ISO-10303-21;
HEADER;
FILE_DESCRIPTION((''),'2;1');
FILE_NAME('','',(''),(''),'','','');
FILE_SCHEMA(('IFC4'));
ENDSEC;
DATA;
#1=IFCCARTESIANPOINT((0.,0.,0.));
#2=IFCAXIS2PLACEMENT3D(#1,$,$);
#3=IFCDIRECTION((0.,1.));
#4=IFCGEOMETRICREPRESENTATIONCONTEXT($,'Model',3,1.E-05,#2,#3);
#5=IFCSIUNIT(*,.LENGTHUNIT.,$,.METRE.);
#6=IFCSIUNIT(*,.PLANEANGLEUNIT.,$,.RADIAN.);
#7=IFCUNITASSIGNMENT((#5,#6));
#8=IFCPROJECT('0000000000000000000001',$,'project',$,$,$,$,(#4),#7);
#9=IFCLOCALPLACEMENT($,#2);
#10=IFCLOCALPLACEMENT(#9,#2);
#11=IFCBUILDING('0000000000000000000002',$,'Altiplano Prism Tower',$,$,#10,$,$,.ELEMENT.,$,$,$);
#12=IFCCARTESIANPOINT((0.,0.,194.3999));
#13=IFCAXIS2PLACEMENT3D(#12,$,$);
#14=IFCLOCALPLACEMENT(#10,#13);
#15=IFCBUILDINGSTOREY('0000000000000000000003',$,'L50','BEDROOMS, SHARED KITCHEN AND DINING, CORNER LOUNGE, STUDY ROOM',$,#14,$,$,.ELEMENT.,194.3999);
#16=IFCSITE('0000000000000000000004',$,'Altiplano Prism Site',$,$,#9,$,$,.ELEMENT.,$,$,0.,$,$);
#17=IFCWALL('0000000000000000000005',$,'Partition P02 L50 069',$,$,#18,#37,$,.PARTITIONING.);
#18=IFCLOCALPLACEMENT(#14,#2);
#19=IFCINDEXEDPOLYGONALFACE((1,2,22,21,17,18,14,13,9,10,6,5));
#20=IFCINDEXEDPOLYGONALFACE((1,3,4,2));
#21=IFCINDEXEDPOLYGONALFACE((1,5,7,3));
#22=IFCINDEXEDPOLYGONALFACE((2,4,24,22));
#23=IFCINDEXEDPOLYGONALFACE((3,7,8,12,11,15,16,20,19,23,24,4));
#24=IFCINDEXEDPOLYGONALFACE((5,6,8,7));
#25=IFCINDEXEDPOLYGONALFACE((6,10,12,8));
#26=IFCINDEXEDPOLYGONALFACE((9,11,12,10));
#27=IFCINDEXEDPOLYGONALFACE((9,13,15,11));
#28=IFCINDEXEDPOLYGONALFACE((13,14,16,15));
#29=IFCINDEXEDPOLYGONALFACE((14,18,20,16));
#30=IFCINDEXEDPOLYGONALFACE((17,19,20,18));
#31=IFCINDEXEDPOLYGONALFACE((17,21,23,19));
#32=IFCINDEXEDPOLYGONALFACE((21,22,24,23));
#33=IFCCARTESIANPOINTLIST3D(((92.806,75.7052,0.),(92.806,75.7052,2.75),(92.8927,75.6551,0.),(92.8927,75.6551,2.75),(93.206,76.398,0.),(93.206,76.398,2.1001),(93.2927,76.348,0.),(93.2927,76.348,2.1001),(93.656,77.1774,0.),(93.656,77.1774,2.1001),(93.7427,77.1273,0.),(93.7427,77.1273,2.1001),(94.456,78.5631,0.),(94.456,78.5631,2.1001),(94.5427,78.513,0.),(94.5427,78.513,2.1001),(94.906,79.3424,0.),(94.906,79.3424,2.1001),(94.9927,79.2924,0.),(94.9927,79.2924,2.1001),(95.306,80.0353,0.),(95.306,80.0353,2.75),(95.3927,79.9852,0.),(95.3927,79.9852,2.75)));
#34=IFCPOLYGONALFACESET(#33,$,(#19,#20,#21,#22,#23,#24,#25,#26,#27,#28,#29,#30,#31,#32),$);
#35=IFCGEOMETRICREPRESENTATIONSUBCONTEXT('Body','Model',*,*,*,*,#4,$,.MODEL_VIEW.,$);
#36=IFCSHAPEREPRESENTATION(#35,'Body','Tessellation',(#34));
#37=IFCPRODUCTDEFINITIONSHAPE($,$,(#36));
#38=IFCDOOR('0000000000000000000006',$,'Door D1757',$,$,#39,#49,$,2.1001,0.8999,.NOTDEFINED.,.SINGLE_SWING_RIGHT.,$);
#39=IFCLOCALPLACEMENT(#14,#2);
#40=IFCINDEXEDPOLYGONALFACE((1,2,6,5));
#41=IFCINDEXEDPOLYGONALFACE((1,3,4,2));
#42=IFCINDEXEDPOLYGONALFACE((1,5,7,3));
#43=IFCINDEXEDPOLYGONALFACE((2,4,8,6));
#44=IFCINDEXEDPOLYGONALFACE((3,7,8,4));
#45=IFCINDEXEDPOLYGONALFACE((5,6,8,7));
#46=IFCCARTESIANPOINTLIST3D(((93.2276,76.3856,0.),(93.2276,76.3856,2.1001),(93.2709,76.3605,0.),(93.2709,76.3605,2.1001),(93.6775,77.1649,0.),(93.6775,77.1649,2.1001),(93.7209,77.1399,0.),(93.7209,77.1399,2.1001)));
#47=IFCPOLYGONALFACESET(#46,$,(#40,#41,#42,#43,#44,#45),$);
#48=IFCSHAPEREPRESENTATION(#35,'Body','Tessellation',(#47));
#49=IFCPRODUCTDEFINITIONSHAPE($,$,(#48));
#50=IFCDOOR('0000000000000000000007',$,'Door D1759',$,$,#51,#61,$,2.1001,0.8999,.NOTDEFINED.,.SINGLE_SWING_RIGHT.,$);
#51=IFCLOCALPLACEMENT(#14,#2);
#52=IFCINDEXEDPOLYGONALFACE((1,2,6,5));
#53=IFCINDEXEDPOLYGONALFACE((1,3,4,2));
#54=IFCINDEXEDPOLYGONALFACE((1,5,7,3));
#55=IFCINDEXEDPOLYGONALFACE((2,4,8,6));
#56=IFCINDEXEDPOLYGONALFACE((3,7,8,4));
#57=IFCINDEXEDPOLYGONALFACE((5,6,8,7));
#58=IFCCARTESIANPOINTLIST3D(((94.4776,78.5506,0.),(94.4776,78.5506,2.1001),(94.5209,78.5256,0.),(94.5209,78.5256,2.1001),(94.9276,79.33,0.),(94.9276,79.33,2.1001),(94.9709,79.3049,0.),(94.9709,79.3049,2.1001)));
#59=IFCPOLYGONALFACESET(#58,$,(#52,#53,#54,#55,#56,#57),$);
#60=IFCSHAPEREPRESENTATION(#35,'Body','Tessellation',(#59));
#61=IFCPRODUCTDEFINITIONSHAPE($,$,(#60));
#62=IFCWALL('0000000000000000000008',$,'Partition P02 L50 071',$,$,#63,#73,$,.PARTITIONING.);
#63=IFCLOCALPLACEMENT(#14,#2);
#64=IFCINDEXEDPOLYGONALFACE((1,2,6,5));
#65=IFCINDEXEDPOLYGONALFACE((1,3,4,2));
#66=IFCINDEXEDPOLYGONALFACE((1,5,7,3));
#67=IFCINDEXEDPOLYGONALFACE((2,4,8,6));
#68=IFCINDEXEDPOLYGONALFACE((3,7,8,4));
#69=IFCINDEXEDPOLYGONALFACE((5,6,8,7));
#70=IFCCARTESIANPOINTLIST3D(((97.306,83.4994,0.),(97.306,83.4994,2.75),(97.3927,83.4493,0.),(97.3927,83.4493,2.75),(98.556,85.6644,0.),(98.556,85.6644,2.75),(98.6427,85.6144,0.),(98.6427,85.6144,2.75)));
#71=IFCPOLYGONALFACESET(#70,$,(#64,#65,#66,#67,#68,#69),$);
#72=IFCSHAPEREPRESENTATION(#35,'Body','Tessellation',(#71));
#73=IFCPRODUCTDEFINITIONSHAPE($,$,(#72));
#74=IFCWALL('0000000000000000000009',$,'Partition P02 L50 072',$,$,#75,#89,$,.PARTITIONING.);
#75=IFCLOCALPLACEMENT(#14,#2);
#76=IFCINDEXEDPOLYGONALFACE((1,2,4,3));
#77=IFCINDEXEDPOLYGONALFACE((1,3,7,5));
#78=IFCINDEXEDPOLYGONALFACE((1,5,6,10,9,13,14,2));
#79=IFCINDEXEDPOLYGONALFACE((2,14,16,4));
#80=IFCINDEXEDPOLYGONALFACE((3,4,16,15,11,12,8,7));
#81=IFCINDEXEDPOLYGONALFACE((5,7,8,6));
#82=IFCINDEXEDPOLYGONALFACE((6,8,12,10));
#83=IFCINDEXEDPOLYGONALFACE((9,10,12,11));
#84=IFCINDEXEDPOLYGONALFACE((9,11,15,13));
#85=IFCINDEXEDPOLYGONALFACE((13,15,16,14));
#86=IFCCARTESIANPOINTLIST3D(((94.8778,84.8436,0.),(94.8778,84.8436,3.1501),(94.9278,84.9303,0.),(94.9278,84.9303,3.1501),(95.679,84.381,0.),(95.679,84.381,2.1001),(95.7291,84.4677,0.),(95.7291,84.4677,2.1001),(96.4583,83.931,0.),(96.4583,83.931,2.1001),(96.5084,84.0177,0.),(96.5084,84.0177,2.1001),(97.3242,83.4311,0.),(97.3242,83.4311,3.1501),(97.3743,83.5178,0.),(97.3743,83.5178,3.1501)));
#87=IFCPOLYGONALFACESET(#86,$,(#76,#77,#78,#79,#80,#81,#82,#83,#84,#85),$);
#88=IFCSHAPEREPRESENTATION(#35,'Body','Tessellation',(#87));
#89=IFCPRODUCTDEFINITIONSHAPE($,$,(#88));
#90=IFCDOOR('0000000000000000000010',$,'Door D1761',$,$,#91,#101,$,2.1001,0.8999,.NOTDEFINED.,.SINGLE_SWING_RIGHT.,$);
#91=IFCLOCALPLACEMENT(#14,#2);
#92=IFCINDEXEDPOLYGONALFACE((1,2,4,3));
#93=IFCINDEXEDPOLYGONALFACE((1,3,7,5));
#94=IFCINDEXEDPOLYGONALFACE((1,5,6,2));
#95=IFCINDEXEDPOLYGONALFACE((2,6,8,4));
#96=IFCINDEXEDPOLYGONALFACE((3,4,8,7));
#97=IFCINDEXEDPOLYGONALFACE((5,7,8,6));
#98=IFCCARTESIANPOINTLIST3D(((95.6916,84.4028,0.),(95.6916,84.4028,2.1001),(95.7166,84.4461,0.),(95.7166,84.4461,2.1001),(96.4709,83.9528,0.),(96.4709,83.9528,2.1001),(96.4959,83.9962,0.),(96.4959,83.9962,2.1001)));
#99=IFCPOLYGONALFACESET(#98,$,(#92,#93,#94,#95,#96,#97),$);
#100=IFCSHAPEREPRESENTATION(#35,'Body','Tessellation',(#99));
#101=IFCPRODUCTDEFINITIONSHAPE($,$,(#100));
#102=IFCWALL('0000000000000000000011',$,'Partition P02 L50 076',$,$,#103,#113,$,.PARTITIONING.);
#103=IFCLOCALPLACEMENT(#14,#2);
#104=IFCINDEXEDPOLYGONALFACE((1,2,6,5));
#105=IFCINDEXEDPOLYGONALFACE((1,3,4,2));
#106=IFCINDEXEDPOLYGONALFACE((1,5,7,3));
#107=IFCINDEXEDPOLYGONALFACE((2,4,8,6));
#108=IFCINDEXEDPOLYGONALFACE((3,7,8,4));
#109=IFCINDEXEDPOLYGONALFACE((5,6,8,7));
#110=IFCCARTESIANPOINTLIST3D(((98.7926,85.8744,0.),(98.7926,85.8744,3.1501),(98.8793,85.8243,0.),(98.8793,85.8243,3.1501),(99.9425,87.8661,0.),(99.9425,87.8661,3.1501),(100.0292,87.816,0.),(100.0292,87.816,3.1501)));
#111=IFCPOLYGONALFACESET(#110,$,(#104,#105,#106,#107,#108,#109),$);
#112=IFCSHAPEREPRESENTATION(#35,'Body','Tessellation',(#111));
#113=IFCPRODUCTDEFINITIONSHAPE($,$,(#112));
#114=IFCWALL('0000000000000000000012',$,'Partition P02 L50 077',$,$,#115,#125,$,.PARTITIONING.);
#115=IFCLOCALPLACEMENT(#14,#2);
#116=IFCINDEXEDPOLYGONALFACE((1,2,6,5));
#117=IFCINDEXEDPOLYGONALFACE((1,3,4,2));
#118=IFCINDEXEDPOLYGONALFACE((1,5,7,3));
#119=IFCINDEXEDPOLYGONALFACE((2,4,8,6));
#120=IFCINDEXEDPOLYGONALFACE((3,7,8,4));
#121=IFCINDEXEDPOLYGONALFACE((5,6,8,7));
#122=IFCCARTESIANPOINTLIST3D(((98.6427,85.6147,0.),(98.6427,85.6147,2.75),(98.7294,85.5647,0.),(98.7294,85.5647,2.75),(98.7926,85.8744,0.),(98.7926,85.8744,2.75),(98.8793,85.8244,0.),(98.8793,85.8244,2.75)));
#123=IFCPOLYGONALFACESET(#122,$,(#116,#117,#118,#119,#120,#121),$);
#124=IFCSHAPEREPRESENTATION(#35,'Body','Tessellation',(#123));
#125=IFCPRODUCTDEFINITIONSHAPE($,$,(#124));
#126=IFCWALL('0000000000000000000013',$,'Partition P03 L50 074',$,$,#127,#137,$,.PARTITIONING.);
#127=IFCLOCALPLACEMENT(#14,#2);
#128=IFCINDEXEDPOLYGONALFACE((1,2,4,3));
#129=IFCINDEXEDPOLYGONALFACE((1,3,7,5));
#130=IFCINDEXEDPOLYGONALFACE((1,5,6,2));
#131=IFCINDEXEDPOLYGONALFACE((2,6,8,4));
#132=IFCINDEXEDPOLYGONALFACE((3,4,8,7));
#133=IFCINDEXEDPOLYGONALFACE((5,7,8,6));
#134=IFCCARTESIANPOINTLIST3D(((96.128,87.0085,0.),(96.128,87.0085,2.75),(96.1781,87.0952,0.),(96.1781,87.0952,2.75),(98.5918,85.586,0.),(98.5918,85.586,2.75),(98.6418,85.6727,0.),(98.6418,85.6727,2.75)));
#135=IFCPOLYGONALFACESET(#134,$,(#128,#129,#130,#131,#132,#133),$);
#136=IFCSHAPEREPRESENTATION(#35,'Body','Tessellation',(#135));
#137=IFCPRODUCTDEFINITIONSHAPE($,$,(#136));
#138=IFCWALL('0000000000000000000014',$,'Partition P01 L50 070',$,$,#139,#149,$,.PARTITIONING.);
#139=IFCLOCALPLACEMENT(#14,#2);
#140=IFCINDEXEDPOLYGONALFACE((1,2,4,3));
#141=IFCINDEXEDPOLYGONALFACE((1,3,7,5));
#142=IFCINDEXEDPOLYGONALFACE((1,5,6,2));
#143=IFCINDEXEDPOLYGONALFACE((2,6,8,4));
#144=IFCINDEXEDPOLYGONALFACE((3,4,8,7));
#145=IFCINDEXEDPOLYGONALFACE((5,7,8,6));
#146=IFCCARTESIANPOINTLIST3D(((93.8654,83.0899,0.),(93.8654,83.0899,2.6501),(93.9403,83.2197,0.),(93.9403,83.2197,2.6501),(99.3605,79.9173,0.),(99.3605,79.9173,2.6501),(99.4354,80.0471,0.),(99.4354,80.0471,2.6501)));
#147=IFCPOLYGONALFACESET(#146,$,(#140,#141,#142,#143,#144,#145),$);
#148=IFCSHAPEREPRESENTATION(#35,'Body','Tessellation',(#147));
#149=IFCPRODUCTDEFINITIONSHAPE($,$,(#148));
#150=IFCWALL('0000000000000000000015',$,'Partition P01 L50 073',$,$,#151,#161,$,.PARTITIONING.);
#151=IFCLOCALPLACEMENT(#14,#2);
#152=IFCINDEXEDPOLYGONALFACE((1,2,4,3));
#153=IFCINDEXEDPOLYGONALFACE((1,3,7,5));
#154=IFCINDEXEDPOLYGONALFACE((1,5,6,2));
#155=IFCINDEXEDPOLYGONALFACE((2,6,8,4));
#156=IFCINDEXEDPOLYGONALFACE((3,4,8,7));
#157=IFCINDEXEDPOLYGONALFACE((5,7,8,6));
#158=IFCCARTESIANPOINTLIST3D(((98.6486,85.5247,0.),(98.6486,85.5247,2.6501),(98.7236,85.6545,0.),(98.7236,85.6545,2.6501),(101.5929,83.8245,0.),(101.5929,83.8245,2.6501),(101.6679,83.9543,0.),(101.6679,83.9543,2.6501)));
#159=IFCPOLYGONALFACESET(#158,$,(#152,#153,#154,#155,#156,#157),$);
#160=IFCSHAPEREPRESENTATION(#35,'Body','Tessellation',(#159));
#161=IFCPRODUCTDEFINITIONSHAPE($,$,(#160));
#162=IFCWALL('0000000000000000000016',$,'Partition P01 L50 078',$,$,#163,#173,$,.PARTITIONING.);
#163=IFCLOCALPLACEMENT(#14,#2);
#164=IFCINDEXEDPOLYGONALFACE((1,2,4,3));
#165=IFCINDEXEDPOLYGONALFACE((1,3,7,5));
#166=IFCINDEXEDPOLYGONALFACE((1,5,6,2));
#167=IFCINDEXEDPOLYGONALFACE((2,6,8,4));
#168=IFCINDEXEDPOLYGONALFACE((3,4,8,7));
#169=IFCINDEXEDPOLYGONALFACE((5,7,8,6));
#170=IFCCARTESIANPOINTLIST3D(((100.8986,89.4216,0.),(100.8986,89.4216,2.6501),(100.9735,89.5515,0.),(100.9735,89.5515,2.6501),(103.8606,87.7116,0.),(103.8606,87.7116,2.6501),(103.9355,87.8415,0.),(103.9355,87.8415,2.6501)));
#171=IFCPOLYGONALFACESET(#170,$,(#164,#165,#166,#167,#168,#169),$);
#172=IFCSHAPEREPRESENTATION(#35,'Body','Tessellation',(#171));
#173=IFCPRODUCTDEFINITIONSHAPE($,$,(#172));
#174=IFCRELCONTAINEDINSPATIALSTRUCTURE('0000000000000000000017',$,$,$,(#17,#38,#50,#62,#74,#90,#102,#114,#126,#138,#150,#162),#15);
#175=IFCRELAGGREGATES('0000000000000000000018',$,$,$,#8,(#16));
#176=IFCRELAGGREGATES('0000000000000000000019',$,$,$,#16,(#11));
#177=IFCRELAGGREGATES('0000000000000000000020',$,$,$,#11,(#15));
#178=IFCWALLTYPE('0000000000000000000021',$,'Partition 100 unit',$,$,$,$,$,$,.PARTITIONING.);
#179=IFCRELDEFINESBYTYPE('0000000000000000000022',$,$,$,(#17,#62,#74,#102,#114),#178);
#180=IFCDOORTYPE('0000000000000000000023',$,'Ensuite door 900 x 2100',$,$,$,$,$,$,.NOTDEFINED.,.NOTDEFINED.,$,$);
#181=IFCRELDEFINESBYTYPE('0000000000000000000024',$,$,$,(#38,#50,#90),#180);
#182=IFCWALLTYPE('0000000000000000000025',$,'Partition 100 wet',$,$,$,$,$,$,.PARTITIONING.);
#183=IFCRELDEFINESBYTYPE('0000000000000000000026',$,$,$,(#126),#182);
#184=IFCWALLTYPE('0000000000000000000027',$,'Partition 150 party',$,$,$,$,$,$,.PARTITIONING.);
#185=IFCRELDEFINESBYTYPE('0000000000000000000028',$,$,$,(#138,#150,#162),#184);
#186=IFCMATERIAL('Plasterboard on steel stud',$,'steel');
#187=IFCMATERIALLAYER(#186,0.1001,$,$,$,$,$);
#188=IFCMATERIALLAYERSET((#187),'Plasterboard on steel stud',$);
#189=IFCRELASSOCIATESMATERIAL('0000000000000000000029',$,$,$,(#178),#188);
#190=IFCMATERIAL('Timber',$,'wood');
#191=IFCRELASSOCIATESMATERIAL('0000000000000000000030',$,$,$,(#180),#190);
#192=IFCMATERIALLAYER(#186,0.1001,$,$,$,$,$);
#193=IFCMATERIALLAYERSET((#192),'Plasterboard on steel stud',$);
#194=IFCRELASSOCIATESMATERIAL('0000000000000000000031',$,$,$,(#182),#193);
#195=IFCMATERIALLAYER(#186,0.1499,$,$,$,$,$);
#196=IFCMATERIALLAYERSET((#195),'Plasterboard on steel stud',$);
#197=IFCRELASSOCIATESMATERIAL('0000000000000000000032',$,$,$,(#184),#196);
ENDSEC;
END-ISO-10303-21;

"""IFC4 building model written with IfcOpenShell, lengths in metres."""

from ifc_helpers import new_model, si_unit, direction, frame, frame_2d, origin, place, context, subcontext, project, spatial, rectangle, extrude, material, layer, layer_set, type_object, element, fill, save


model = new_model("IFC4")

# Units and contexts
model_context = context("Model", 3, precision=1e-05, world=origin(), true_north=direction((0.0, 1.0)))
body_context = subcontext(model_context, "Body", "Model", "MODEL_VIEW")
ifc_project = project(units=[si_unit("LENGTHUNIT", "METRE"), si_unit("PLANEANGLEUNIT", "RADIAN")], contexts=[model_context])

# Site, building, storey
site_placement = place(None, origin())
site = spatial("IfcSite", under=ifc_project, at=site_placement, Name="Altiplano Prism Site", CompositionType="ELEMENT", RefElevation=0.0)
building_placement = place(site_placement, origin())
building = spatial("IfcBuilding", under=site, at=building_placement, Name="Altiplano Prism Tower", CompositionType="ELEMENT")
storey_placement = place(building_placement, frame((0.0, 0.0, 194.3999)))
storey = spatial("IfcBuildingStorey", under=building, at=storey_placement, Name="L50", Description="BEDROOMS, SHARED KITCHEN AND DINING, CORNER LOUNGE, STUDY ROOM", CompositionType="ELEMENT", Elevation=194.3999)

# Wall, openings, doors
ifc_material_1 = material(Name="Plasterboard on steel stud", Category="steel")
ifc_layer_1 = layer(ifc_material_1, 0.1001)
ifc_layer_set_1 = layer_set([ifc_layer_1], Name="Plasterboard on steel stud")
wall_type_1 = type_object("IfcWallType", Name="Partition 100 unit", PredefinedType="PARTITIONING", material=ifc_layer_set_1)
wall_1_placement = place(storey_placement, frame((95.3494, 80.0103, 0.0), z_axis=(0.0, 0.0, 1.0), x_axis=(-0.500004, -0.866023, 0.0)))
wall_1 = element("IfcWall", 1, at=wall_1_placement, inside=storey, type_object=wall_type_1, Name="Partition P02 L50 069", PredefinedType="PARTITIONING", context=body_context, shape_type="SweptSolid", body=[
    extrude(rectangle(XDim=5.0, YDim=0.1001, at=frame_2d((2.5, 0.0))), origin(), (0.0, 0.0, 1.0), 2.75),
])
opening_1_placement = place(wall_1_placement, frame((3.3, 0.0, 0.0)))
opening_1 = element("IfcOpeningElement", 2, at=opening_1_placement, cuts=wall_1, PredefinedType="OPENING", context=body_context, shape_type="SweptSolid", body=[
    extrude(rectangle(XDim=0.8999, YDim=2.1001, at=frame_2d((0.45, 1.05))), frame((0.0, 0.0605, 0.0), z_axis=(0.0, -1.0, 0.0), x_axis=(1.0, 0.0, 0.0)), (0.0, 0.0, 1.0), 0.1211),
])
opening_2_placement = place(wall_1_placement, frame((0.8, 0.0, 0.0)))
opening_2 = element("IfcOpeningElement", 3, at=opening_2_placement, cuts=wall_1, PredefinedType="OPENING", context=body_context, shape_type="SweptSolid", body=[
    extrude(rectangle(XDim=0.8999, YDim=2.1001, at=frame_2d((0.45, 1.05))), frame((0.0, 0.0605, 0.0), z_axis=(0.0, -1.0, 0.0), x_axis=(1.0, 0.0, 0.0)), (0.0, 0.0, 1.0), 0.1211),
])
ifc_material_2 = material(Name="Timber", Category="wood")
door_type = type_object("IfcDoorType", Name="Ensuite door 900 x 2100", OperationType="NOTDEFINED", PredefinedType="NOTDEFINED", material=ifc_material_2)
door_1_placement = place(opening_1_placement, origin())
door_1 = element("IfcDoor", 4, at=door_1_placement, inside=storey, type_object=door_type, Name="Door D1757", OperationType="SINGLE_SWING_RIGHT", OverallHeight=2.1001, OverallWidth=0.8999, PredefinedType="NOTDEFINED", context=body_context, shape_type="SweptSolid", body=[
    extrude(rectangle(XDim=0.8999, YDim=2.1001, at=frame_2d((0.45, 1.05))), frame((0.0, 0.0249, 0.0), z_axis=(0.0, -1.0, 0.0), x_axis=(1.0, 0.0, 0.0)), (0.0, 0.0, 1.0), 0.05),
])
fill(opening_1, door_1)
door_2_placement = place(opening_2_placement, origin())
door_2 = element("IfcDoor", 5, at=door_2_placement, inside=storey, type_object=door_type, Name="Door D1759", OperationType="SINGLE_SWING_RIGHT", OverallHeight=2.1001, OverallWidth=0.8999, PredefinedType="NOTDEFINED", context=body_context, shape_type="SweptSolid", body=[
    extrude(rectangle(XDim=0.8999, YDim=2.1001, at=frame_2d((0.45, 1.05))), frame((0.0, 0.0249, 0.0), z_axis=(0.0, -1.0, 0.0), x_axis=(1.0, 0.0, 0.0)), (0.0, 0.0, 1.0), 0.05),
])
fill(opening_2, door_2)

# Wall
wall_2_placement = place(storey_placement, frame((98.5994, 85.6394, 0.0), z_axis=(0.0, 0.0, 1.0), x_axis=(-0.500004, -0.866023, 0.0)))
element("IfcWall", 6, at=wall_2_placement, inside=storey, type_object=wall_type_1, Name="Partition P02 L50 071", PredefinedType="PARTITIONING", context=body_context, shape_type="SweptSolid", body=[
    extrude(rectangle(XDim=2.5, YDim=0.1001, at=frame_2d((1.25, 0.0))), origin(), (0.0, 0.0, 1.0), 2.75),
])

# Wall, opening, door
wall_3_placement = place(storey_placement, frame((97.3494, 83.4744, 0.0), z_axis=(0.0, 0.0, 1.0), x_axis=(-0.866011, 0.500024, 0.0)))
wall_3 = element("IfcWall", 7, at=wall_3_placement, inside=storey, type_object=wall_type_1, Name="Partition P02 L50 072", PredefinedType="PARTITIONING", context=body_context, shape_type="SweptSolid", body=[
    extrude(rectangle(XDim=2.825, YDim=0.1001, at=frame_2d((1.4126, 0.0))), origin(), (0.0, 0.0, 1.0), 3.1501),
])
opening_3_placement = place(wall_3_placement, frame((1.0, 0.0, 0.0)))
opening_3 = element("IfcOpeningElement", 8, at=opening_3_placement, cuts=wall_3, PredefinedType="OPENING", context=body_context, shape_type="SweptSolid", body=[
    extrude(rectangle(XDim=0.8999, YDim=2.1001, at=frame_2d((0.45, 1.05))), frame((0.0, 0.0605, 0.0), z_axis=(0.0, -1.0, 0.0), x_axis=(1.0, 0.0, 0.0)), (0.0, 0.0, 1.0), 0.1211),
])
door_3_placement = place(opening_3_placement, origin())
door_3 = element("IfcDoor", 9, at=door_3_placement, inside=storey, type_object=door_type, Name="Door D1761", OperationType="SINGLE_SWING_RIGHT", OverallHeight=2.1001, OverallWidth=0.8999, PredefinedType="NOTDEFINED", context=body_context, shape_type="SweptSolid", body=[
    extrude(rectangle(XDim=0.8999, YDim=2.1001, at=frame_2d((0.45, 1.05))), frame((0.0, 0.0249, 0.0), z_axis=(0.0, -1.0, 0.0), x_axis=(1.0, 0.0, 0.0)), (0.0, 0.0, 1.0), 0.05),
])
fill(opening_3, door_3)

# Walls
wall_4_placement = place(storey_placement, frame((99.9858, 87.8411, 0.0), z_axis=(0.0, 0.0, 1.0), x_axis=(-0.499998, -0.866026, 0.0)))
element("IfcWall", 10, at=wall_4_placement, inside=storey, type_object=wall_type_1, Name="Partition P02 L50 076", PredefinedType="PARTITIONING", context=body_context, shape_type="SweptSolid", body=[
    extrude(rectangle(XDim=2.2998, YDim=0.1001, at=frame_2d((1.1499, 0.0))), origin(), (0.0, 0.0, 1.0), 3.1501),
])
wall_5_placement = place(storey_placement, frame((98.8359, 85.8494, 0.0), z_axis=(0.0, 0.0, 1.0), x_axis=(-0.499816, -0.866131, 0.0)))
element("IfcWall", 11, at=wall_5_placement, inside=storey, type_object=wall_type_1, Name="Partition P02 L50 077", PredefinedType="PARTITIONING", context=body_context, shape_type="SweptSolid", body=[
    extrude(rectangle(XDim=0.2998, YDim=0.1001, at=frame_2d((0.1499, 0.0))), origin(), (0.0, 0.0, 1.0), 2.75),
])
ifc_layer_2 = layer(ifc_material_1, 0.1001)
ifc_layer_set_2 = layer_set([ifc_layer_2], Name="Plasterboard on steel stud")
wall_type_2 = type_object("IfcWallType", Name="Partition 100 wet", PredefinedType="PARTITIONING", material=ifc_layer_set_2)
wall_6_placement = place(storey_placement, frame((98.6167, 85.6294, 0.0), z_axis=(0.0, 0.0, 1.0), x_axis=(-0.866011, 0.500025, 0.0)))
element("IfcWall", 12, at=wall_6_placement, inside=storey, type_object=wall_type_2, Name="Partition P03 L50 074", PredefinedType="PARTITIONING", context=body_context, shape_type="SweptSolid", body=[
    extrude(rectangle(XDim=2.845, YDim=0.1001, at=frame_2d((1.4224, 0.0))), origin(), (0.0, 0.0, 1.0), 2.75),
])
ifc_layer_3 = layer(ifc_material_1, 0.1499)
ifc_layer_set_3 = layer_set([ifc_layer_3], Name="Plasterboard on steel stud")
wall_type_3 = type_object("IfcWallType", Name="Partition 150 party", PredefinedType="PARTITIONING", material=ifc_layer_set_3)
wall_7_placement = place(storey_placement, frame((99.3979, 79.9822, 0.0), z_axis=(0.0, 0.0, 1.0), x_axis=(-0.866025, 0.5, 0.0)))
element("IfcWall", 13, at=wall_7_placement, inside=storey, type_object=wall_type_3, Name="Partition P01 L50 070", PredefinedType="PARTITIONING", context=body_context, shape_type="SweptSolid", body=[
    extrude(rectangle(XDim=6.3452, YDim=0.1499, at=frame_2d((3.1726, 0.0))), origin(), (0.0, 0.0, 1.0), 2.6501),
])
wall_8_placement = place(storey_placement, frame((101.6304, 83.8894, 0.0), z_axis=(0.0, 0.0, 1.0), x_axis=(-0.865989, 0.500062, 0.0)))
element("IfcWall", 14, at=wall_8_placement, inside=storey, type_object=wall_type_3, Name="Partition P01 L50 073", PredefinedType="PARTITIONING", context=body_context, shape_type="SweptSolid", body=[
    extrude(rectangle(XDim=3.3999, YDim=0.1499, at=frame_2d((1.7, 0.0))), origin(), (0.0, 0.0, 1.0), 2.6501),
])
wall_9_placement = place(storey_placement, frame((103.8979, 87.7766, 0.0), z_axis=(0.0, 0.0, 1.0), x_axis=(-0.866038, 0.499978, 0.0)))
element("IfcWall", 15, at=wall_9_placement, inside=storey, type_object=wall_type_3, Name="Partition P01 L50 078", PredefinedType="PARTITIONING", context=body_context, shape_type="SweptSolid", body=[
    extrude(rectangle(XDim=3.4202, YDim=0.1499, at=frame_2d((1.71, 0.0))), origin(), (0.0, 0.0, 1.0), 2.6501),
])

save(model, "model.ifc")
